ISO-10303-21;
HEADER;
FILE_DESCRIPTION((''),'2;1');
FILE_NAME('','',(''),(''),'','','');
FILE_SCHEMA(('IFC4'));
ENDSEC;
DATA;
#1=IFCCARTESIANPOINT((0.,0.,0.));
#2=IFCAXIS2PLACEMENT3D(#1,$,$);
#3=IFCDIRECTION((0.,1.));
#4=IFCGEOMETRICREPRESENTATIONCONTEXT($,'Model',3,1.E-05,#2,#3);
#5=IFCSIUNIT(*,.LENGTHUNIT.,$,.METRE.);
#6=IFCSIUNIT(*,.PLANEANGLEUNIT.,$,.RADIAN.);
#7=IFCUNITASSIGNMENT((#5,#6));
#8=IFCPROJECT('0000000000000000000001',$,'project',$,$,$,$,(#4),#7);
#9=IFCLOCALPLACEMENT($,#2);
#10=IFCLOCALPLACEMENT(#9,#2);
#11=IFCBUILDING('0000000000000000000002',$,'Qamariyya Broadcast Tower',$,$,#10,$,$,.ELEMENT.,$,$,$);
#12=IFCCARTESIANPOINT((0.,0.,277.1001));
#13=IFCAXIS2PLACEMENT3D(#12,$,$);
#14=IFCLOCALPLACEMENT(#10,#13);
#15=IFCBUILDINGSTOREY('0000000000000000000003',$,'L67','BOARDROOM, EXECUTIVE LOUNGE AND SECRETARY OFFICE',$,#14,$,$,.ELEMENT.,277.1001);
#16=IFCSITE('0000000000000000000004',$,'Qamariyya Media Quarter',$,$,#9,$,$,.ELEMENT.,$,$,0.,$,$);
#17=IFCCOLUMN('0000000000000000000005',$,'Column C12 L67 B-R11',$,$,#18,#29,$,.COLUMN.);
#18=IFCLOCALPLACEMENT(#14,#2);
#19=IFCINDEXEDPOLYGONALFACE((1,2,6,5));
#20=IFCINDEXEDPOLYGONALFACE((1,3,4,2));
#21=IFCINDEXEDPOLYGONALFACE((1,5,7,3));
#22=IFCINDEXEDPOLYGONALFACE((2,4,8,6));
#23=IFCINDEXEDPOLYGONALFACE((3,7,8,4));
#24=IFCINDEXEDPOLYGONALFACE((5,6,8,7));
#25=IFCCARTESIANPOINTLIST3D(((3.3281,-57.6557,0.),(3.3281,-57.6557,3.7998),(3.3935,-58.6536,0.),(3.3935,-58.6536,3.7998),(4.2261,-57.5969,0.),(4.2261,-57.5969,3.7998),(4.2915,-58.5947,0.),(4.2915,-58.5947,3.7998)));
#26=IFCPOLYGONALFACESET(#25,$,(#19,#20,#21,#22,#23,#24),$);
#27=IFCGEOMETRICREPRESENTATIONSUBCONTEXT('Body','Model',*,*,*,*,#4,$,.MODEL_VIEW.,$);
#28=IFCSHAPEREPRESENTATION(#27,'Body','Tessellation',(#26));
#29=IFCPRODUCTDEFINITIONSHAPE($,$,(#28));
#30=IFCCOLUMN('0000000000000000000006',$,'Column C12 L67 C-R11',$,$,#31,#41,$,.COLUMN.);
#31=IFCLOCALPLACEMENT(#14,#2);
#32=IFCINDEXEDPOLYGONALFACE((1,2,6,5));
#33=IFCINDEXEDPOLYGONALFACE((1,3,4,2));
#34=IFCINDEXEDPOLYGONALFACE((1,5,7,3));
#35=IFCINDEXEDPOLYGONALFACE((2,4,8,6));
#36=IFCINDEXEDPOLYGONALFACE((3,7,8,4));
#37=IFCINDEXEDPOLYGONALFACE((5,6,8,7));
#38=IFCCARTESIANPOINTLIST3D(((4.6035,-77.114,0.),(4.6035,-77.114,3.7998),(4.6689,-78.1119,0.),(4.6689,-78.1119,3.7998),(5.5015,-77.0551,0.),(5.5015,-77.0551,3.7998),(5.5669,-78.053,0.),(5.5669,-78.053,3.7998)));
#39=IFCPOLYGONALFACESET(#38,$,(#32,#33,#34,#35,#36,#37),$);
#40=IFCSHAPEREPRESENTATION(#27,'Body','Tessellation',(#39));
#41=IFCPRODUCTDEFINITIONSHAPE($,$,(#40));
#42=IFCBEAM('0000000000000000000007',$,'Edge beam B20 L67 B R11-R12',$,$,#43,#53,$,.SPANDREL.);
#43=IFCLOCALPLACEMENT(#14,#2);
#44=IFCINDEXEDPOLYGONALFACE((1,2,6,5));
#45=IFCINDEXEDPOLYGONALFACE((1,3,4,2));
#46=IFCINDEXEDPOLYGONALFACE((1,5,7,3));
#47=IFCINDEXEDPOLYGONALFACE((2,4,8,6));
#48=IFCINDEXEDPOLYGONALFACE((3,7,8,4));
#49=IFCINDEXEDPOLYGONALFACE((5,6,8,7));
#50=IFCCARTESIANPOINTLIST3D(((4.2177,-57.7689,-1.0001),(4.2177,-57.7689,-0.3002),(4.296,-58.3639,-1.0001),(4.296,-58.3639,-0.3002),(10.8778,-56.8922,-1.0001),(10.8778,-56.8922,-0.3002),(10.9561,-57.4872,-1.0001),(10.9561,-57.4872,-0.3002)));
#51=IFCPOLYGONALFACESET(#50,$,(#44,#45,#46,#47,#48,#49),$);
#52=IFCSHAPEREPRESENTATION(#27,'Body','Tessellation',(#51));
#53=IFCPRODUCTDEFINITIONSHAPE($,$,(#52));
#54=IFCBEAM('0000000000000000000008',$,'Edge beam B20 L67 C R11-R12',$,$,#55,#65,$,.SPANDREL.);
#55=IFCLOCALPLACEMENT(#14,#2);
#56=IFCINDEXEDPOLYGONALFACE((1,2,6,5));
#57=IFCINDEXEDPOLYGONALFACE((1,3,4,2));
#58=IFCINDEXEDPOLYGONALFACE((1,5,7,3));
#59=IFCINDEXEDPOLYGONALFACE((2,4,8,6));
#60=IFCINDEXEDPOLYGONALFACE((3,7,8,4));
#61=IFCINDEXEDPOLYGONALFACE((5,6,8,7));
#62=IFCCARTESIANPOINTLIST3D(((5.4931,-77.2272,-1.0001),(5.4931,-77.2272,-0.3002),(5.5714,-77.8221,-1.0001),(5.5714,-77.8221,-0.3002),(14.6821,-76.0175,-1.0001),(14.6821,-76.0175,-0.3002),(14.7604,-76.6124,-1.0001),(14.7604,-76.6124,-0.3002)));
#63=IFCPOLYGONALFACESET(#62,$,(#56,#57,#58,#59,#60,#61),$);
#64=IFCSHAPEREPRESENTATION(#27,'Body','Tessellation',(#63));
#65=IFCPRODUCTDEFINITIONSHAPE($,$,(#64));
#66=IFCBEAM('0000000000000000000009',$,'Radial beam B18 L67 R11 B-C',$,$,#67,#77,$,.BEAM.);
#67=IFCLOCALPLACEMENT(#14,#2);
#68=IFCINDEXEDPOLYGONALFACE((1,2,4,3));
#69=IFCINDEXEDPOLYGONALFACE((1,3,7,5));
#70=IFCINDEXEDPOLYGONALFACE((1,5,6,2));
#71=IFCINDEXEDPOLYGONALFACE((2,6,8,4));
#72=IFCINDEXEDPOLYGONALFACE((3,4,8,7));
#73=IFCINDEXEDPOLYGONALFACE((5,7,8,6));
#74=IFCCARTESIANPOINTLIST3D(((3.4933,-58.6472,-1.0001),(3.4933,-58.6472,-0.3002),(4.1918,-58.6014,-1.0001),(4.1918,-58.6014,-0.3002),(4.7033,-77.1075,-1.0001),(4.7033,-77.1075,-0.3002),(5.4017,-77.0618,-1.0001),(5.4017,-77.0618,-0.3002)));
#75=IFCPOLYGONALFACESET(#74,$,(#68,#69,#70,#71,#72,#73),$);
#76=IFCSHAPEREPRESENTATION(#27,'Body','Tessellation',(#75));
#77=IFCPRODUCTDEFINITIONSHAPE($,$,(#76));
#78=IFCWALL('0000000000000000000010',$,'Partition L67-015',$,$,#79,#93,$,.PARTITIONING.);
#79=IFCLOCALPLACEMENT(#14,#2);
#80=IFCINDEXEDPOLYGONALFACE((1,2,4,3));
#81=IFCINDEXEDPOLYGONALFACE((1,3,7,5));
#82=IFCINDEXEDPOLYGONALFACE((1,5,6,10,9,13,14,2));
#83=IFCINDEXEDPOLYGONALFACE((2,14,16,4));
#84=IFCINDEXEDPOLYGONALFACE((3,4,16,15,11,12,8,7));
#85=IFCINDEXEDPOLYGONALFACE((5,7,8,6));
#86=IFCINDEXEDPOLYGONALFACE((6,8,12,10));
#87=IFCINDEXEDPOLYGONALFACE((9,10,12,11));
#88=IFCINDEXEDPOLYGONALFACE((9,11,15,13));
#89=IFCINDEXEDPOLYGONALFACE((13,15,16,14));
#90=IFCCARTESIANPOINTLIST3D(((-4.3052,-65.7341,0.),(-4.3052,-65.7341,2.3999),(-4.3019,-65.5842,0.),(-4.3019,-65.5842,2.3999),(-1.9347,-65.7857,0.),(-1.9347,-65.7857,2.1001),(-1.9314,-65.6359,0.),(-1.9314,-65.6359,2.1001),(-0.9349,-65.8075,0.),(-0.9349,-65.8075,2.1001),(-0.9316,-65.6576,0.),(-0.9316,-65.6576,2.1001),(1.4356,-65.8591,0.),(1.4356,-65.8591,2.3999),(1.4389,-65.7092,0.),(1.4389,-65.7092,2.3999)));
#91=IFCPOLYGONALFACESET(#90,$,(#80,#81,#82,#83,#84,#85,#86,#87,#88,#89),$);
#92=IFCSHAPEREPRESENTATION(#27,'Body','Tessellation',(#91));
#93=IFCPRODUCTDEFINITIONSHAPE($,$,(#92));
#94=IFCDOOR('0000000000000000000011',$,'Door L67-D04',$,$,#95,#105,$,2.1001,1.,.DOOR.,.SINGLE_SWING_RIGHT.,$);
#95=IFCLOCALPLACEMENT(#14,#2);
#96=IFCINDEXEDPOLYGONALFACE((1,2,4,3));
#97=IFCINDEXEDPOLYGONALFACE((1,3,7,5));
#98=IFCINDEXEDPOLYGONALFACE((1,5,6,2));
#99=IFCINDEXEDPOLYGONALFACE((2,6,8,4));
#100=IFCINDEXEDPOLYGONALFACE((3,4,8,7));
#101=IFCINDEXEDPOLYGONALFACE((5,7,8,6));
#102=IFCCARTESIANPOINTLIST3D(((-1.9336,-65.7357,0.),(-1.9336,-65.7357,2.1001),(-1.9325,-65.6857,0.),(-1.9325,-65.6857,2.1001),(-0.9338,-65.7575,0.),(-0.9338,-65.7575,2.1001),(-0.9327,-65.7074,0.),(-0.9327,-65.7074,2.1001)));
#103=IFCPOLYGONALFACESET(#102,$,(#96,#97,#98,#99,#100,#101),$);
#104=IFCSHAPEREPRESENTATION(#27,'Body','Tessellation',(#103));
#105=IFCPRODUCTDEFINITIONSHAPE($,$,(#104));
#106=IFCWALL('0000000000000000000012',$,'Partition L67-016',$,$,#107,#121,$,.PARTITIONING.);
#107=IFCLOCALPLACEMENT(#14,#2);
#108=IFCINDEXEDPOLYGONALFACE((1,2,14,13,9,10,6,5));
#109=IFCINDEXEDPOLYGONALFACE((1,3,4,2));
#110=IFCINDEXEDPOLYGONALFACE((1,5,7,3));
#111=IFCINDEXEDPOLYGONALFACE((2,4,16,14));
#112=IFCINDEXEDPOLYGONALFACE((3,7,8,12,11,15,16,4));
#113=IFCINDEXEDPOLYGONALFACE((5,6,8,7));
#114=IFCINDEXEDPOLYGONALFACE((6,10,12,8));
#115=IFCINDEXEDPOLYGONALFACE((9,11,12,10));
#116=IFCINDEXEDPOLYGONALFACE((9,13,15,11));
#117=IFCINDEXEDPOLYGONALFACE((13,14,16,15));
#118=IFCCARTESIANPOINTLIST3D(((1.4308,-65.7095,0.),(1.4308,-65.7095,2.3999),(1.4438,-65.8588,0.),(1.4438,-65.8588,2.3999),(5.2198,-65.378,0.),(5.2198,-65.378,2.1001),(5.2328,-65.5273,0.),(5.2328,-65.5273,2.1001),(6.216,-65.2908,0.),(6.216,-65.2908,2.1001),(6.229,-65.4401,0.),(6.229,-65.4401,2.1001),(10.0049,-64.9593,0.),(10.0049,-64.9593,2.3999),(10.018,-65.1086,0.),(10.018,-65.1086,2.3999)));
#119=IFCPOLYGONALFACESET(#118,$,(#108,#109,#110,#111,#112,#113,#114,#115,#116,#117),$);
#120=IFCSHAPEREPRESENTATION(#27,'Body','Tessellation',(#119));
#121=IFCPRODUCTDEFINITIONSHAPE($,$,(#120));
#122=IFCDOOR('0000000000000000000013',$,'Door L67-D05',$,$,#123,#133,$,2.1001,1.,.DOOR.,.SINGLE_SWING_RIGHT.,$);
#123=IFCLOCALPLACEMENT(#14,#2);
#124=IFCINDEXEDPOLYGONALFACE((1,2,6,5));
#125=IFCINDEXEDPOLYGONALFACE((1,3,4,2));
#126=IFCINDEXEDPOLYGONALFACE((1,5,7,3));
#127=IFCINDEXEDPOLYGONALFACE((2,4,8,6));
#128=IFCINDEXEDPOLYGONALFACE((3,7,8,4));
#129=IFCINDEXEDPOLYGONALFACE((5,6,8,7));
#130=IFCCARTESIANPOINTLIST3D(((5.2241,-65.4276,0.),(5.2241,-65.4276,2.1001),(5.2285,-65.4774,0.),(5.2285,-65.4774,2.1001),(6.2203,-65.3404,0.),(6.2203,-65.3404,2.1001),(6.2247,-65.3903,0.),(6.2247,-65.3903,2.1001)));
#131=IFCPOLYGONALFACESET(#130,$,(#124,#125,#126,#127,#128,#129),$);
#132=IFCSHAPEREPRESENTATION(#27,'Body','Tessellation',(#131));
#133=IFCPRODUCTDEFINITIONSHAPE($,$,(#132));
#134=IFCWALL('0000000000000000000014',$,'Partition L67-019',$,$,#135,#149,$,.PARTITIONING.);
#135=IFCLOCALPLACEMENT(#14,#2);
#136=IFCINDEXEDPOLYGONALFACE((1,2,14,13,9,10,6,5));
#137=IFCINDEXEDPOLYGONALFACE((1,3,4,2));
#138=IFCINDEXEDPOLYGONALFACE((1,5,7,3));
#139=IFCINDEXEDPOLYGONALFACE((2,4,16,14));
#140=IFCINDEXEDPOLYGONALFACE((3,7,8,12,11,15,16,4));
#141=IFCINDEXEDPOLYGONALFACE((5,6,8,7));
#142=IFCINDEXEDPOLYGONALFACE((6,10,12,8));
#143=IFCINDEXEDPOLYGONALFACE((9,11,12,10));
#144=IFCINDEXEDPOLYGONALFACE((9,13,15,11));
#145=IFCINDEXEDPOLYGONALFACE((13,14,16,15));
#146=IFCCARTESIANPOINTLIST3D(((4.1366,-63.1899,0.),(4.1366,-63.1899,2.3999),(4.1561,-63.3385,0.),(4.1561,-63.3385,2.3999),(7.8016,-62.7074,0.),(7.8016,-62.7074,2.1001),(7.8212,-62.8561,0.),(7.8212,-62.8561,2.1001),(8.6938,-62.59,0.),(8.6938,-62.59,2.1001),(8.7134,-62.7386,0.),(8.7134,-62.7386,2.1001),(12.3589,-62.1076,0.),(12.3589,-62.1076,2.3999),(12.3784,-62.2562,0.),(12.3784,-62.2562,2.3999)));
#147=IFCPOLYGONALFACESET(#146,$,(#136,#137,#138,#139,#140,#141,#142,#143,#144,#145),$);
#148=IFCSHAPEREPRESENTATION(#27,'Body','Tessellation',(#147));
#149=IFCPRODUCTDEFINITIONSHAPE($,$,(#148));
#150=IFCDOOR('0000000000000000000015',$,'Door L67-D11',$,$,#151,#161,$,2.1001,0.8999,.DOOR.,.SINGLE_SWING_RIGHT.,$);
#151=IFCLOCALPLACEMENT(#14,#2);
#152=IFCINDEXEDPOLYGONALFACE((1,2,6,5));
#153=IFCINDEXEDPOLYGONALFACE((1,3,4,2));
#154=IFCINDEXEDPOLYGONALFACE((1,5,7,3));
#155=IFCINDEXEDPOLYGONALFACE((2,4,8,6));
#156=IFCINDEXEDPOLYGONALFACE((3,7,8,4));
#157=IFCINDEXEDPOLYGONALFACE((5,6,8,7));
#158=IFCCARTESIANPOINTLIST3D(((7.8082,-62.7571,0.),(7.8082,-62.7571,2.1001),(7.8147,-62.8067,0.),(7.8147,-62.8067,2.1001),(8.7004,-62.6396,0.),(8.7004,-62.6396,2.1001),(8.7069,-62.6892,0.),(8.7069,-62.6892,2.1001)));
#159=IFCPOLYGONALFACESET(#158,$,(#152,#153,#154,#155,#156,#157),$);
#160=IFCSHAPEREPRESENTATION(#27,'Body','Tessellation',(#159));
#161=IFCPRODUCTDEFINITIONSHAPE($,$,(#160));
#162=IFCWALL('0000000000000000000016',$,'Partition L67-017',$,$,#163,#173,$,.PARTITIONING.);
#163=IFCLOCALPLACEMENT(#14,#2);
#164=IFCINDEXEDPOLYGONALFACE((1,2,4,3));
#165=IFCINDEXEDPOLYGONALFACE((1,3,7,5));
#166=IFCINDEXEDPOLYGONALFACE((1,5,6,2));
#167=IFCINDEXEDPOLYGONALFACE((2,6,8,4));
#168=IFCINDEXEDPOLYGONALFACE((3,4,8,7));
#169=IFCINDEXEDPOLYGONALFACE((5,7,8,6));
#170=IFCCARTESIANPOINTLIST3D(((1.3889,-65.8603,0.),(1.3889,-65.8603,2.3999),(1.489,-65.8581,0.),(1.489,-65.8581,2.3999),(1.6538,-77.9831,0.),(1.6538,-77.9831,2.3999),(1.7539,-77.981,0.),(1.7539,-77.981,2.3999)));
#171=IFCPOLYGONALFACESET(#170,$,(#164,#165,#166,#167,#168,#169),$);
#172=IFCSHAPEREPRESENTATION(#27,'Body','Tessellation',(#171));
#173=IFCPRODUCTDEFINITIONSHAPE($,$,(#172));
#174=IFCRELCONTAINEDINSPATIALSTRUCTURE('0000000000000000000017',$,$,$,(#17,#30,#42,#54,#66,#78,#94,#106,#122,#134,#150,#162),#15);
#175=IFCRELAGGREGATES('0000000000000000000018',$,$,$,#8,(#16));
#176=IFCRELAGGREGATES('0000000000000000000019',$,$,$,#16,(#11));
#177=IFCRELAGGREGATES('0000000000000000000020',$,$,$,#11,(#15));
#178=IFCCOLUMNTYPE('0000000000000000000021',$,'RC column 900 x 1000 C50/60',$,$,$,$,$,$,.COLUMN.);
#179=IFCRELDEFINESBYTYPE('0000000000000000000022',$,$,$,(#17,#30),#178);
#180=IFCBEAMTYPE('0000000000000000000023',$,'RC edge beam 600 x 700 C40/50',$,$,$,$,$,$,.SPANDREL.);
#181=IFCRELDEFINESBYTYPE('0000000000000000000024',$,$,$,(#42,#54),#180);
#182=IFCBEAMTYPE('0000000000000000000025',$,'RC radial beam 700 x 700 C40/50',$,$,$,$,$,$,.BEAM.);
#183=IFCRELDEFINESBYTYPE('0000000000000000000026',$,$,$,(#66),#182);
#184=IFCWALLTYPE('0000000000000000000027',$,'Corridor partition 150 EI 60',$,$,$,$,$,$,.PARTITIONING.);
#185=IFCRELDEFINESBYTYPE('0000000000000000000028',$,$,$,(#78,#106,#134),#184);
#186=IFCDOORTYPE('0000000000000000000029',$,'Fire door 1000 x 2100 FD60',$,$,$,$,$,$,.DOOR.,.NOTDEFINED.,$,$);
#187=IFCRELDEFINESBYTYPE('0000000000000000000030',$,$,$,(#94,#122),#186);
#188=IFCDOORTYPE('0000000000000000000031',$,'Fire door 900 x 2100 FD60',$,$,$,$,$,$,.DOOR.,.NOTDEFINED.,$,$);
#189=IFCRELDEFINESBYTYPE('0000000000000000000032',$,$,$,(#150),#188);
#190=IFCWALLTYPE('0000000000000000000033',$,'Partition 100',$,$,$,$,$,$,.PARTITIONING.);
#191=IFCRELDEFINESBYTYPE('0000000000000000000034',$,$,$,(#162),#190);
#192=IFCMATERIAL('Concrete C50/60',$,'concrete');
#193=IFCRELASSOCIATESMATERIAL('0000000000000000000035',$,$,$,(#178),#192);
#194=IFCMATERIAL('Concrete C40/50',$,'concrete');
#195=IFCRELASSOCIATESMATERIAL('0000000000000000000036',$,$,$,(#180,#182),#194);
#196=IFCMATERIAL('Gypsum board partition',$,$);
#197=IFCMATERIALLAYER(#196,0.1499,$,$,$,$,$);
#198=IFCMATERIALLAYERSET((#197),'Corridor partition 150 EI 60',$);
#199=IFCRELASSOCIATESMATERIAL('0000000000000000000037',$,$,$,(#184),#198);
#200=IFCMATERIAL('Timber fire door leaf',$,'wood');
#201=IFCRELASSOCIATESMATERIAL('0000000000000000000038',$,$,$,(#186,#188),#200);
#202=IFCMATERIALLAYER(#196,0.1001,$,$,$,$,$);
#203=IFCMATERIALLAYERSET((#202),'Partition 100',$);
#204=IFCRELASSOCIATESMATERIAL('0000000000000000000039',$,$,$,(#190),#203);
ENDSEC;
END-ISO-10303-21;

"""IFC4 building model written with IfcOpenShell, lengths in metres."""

from ifc_helpers import new_model, si_unit, direction, frame, frame_2d, origin, origin_2d, place, context, subcontext, project, spatial, rectangle, extrude, material, layer, layer_set, material_profile, profile_set, type_object, element, fill, save


model = new_model("IFC4")

# Units and contexts
model_context = context("Model", 3, precision=1e-05, world=origin(), true_north=direction((0.0, 1.0)))
body_context = subcontext(model_context, "Body", "Model", "MODEL_VIEW")
ifc_project = project(units=[si_unit("LENGTHUNIT", "METRE"), si_unit("PLANEANGLEUNIT", "RADIAN")], contexts=[model_context])

# Site, building, storey
site_placement = place(None, origin())
site = spatial("IfcSite", under=ifc_project, at=site_placement, Name="Qamariyya Media Quarter", CompositionType="ELEMENT", RefElevation=0.0)
building_placement = place(site_placement, origin())
building = spatial("IfcBuilding", under=site, at=building_placement, Name="Qamariyya Broadcast Tower", CompositionType="ELEMENT")
storey_placement = place(building_placement, frame((0.0, 0.0, 277.1001)))
storey = spatial("IfcBuildingStorey", under=building, at=storey_placement, Name="L67", Description="BOARDROOM, EXECUTIVE LOUNGE AND SECRETARY OFFICE", CompositionType="ELEMENT", Elevation=277.1001)

# Columns
ifc_material_1 = material(Name="Concrete C50/60", Category="concrete")
ifc_material_profile_1 = material_profile(ifc_material_1, rectangle(XDim=0.8999, YDim=1.0, at=origin_2d()))
ifc_profile_set_1 = profile_set([ifc_material_profile_1], Name="Concrete C50/60")
column_type = type_object("IfcColumnType", Name="RC column 900 x 1000 C50/60", PredefinedType="COLUMN", material=ifc_profile_set_1)
for number, where, z_axis, x_axis, name in (
    (1, (3.8098, -58.1252, 0.0), (0.0, 0.0, 1.0), (0.997859, 0.065403, 0.0), "Column C12 L67 B-R11"),
    (2, (5.0852, -77.5835, 0.0), (0.0, 0.0, 1.0), (0.997859, 0.065403, 0.0), "Column C12 L67 C-R11"),
):
    element("IfcColumn", number, at=place(storey_placement, frame(where, z_axis=z_axis, x_axis=x_axis)), inside=storey, type_object=column_type, Name=name, PredefinedType="COLUMN", context=body_context, shape_type="SweptSolid", body=[
        extrude(rectangle(XDim=0.8999, YDim=1.0, at=origin_2d()), origin(), (0.0, 0.0, 1.0), 3.7998),
    ])

# Beams
ifc_material_2 = material(Name="Concrete C40/50", Category="concrete")
ifc_material_profile_2 = material_profile(ifc_material_2, rectangle(XDim=0.6001, YDim=0.7, at=origin_2d()))
ifc_profile_set_2 = profile_set([ifc_material_profile_2], Name="Concrete C40/50")
beam_type_1 = type_object("IfcBeamType", Name="RC edge beam 600 x 700 C40/50", PredefinedType="SPANDREL", material=ifc_profile_set_2)
beam_1_placement = place(storey_placement, frame((4.2568, -58.0664, -0.6501), z_axis=(0.991447, 0.130509, 0.0), x_axis=(-0.130509, 0.991447, 0.0)))
element("IfcBeam", 3, at=beam_1_placement, inside=storey, type_object=beam_type_1, Name="Edge beam B20 L67 B R11-R12", PredefinedType="SPANDREL", context=body_context, shape_type="SweptSolid", body=[
    extrude(rectangle(XDim=0.6001, YDim=0.7, at=origin_2d()), origin(), (0.0, 0.0, 1.0), 6.7175),
])
beam_2_placement = place(storey_placement, frame((5.5322, -77.5247, -0.6501), z_axis=(0.991445, 0.130523, 0.0), x_axis=(-0.130523, 0.991445, 0.0)))
element("IfcBeam", 4, at=beam_2_placement, inside=storey, type_object=beam_type_1, Name="Edge beam B20 L67 C R11-R12", PredefinedType="SPANDREL", context=body_context, shape_type="SweptSolid", body=[
    extrude(rectangle(XDim=0.6001, YDim=0.7, at=origin_2d()), origin(), (0.0, 0.0, 1.0), 9.2683),
])
ifc_material_profile_3 = material_profile(ifc_material_2, rectangle(XDim=0.7, YDim=0.7, at=origin_2d()))
ifc_profile_set_3 = profile_set([ifc_material_profile_3], Name="Concrete C40/50")
beam_type_2 = type_object("IfcBeamType", Name="RC radial beam 700 x 700 C40/50", PredefinedType="BEAM", material=ifc_profile_set_3)
beam_3_placement = place(storey_placement, frame((3.8425, -58.6243, -0.6501), z_axis=(0.065403, -0.997859, 0.0), x_axis=(0.997859, 0.065403, 0.0)))
element("IfcBeam", 5, at=beam_3_placement, inside=storey, type_object=beam_type_2, Name="Radial beam B18 L67 R11 B-C", PredefinedType="BEAM", context=body_context, shape_type="SweptSolid", body=[
    extrude(rectangle(XDim=0.7, YDim=0.7, at=origin_2d()), origin(), (0.0, 0.0, 1.0), 18.5),
])

# Walls, openings, doors
ifc_material_3 = material(Name="Gypsum board partition")
ifc_layer_1 = layer(ifc_material_3, 0.1499)
ifc_layer_set_1 = layer_set([ifc_layer_1], Name="Corridor partition 150 EI 60")
wall_type_1 = type_object("IfcWallType", Name="Corridor partition 150 EI 60", PredefinedType="PARTITIONING", material=ifc_layer_set_1)
wall_1_placement = place(storey_placement, frame((1.4373, -65.7842, 0.0), z_axis=(0.0, 0.0, 1.0), x_axis=(-0.999763, 0.021769, 0.0)))
wall_1 = element("IfcWall", 6, at=wall_1_placement, inside=storey, type_object=wall_type_1, Name="Partition L67-015", PredefinedType="PARTITIONING", context=body_context, shape_type="SweptSolid", body=[
    extrude(rectangle(XDim=5.7422, YDim=0.1499, at=frame_2d((2.8711, 0.0))), origin(), (0.0, 0.0, 1.0), 2.3999),
])
opening_1_placement = place(wall_1_placement, frame((2.3711, 0.0, 0.0)))
opening_1 = element("IfcOpeningElement", 7, at=opening_1_placement, cuts=wall_1, PredefinedType="OPENING", context=body_context, shape_type="SweptSolid", body=[
    extrude(rectangle(XDim=1.0, YDim=2.1001, at=frame_2d((0.5, 1.05))), frame((0.0, 0.085, 0.0), z_axis=(0.0, -1.0, 0.0), x_axis=(1.0, 0.0, 0.0)), (0.0, 0.0, 1.0), 0.1699),
])
ifc_material_4 = material(Name="Timber fire door leaf", Category="wood")
door_type_1 = type_object("IfcDoorType", Name="Fire door 1000 x 2100 FD60", OperationType="NOTDEFINED", PredefinedType="DOOR", material=ifc_material_4)
door_1_placement = place(opening_1_placement, origin())
door_1 = element("IfcDoor", 8, at=door_1_placement, inside=storey, type_object=door_type_1, Name="Door L67-D04", OperationType="SINGLE_SWING_RIGHT", OverallHeight=2.1001, OverallWidth=1.0, PredefinedType="DOOR", context=body_context, shape_type="SweptSolid", body=[
    extrude(rectangle(XDim=1.0, YDim=2.1001, at=frame_2d((0.5, 1.05))), frame((0.0, 0.0249, 0.0), z_axis=(0.0, -1.0, 0.0), x_axis=(1.0, 0.0, 0.0)), (0.0, 0.0, 1.0), 0.05),
])
fill(opening_1, door_1)
wall_2_placement = place(storey_placement, frame((10.0115, -65.0339, 0.0), z_axis=(0.0, 0.0, 1.0), x_axis=(-0.996194, -0.087167, 0.0)))
wall_2 = element("IfcWall", 9, at=wall_2_placement, inside=storey, type_object=wall_type_1, Name="Partition L67-016", PredefinedType="PARTITIONING", context=body_context, shape_type="SweptSolid", body=[
    extrude(rectangle(XDim=8.6069, YDim=0.1499, at=frame_2d((4.3035, 0.0))), origin(), (0.0, 0.0, 1.0), 2.3999),
])
opening_2_placement = place(wall_2_placement, frame((3.8035, 0.0, 0.0)))
opening_2 = element("IfcOpeningElement", 10, at=opening_2_placement, cuts=wall_2, PredefinedType="OPENING", context=body_context, shape_type="SweptSolid", body=[
    extrude(rectangle(XDim=1.0, YDim=2.1001, at=frame_2d((0.5, 1.05))), frame((0.0, 0.085, 0.0), z_axis=(0.0, -1.0, 0.0), x_axis=(1.0, 0.0, 0.0)), (0.0, 0.0, 1.0), 0.1699),
])
door_2_placement = place(opening_2_placement, origin())
door_2 = element("IfcDoor", 11, at=door_2_placement, inside=storey, type_object=door_type_1, Name="Door L67-D05", OperationType="SINGLE_SWING_RIGHT", OverallHeight=2.1001, OverallWidth=1.0, PredefinedType="DOOR", context=body_context, shape_type="SweptSolid", body=[
    extrude(rectangle(XDim=1.0, YDim=2.1001, at=frame_2d((0.5, 1.05))), frame((0.0, 0.0249, 0.0), z_axis=(0.0, -1.0, 0.0), x_axis=(1.0, 0.0, 0.0)), (0.0, 0.0, 1.0), 0.05),
])
fill(opening_2, door_2)
wall_3_placement = place(storey_placement, frame((4.1465, -63.2642, 0.0), z_axis=(0.0, 0.0, 1.0), x_axis=(0.991448, 0.130503, 0.0)))
wall_3 = element("IfcWall", 12, at=wall_3_placement, inside=storey, type_object=wall_type_1, Name="Partition L67-019", PredefinedType="PARTITIONING", context=body_context, shape_type="SweptSolid", body=[
    extrude(rectangle(XDim=8.2932, YDim=0.1499, at=frame_2d((4.1465, 0.0))), origin(), (0.0, 0.0, 1.0), 2.3999),
])
opening_3_placement = place(wall_3_placement, frame((3.6965, 0.0, 0.0)))
opening_3 = element("IfcOpeningElement", 13, at=opening_3_placement, cuts=wall_3, PredefinedType="OPENING", context=body_context, shape_type="SweptSolid", body=[
    extrude(rectangle(XDim=0.8999, YDim=2.1001, at=frame_2d((0.45, 1.05))), frame((0.0, 0.085, 0.0), z_axis=(0.0, -1.0, 0.0), x_axis=(1.0, 0.0, 0.0)), (0.0, 0.0, 1.0), 0.1699),
])
door_type_2 = type_object("IfcDoorType", Name="Fire door 900 x 2100 FD60", OperationType="NOTDEFINED", PredefinedType="DOOR", material=ifc_material_4)
door_3_placement = place(opening_3_placement, origin())
door_3 = element("IfcDoor", 14, at=door_3_placement, inside=storey, type_object=door_type_2, Name="Door L67-D11", OperationType="SINGLE_SWING_RIGHT", OverallHeight=2.1001, OverallWidth=0.8999, PredefinedType="DOOR", context=body_context, shape_type="SweptSolid", body=[
    extrude(rectangle(XDim=0.8999, YDim=2.1001, at=frame_2d((0.45, 1.05))), frame((0.0, 0.0249, 0.0), z_axis=(0.0, -1.0, 0.0), x_axis=(1.0, 0.0, 0.0)), (0.0, 0.0, 1.0), 0.05),
])
fill(opening_3, door_3)

# Wall
ifc_layer_2 = layer(ifc_material_3, 0.1001)
ifc_layer_set_2 = layer_set([ifc_layer_2], Name="Partition 100")
wall_type_2 = type_object("IfcWallType", Name="Partition 100", PredefinedType="PARTITIONING", material=ifc_layer_set_2)
wall_4_placement = place(storey_placement, frame((1.7039, -77.9822, 0.0), z_axis=(0.0, 0.0, 1.0), x_axis=(-0.021846, 0.999761, 0.0)))
element("IfcWall", 15, at=wall_4_placement, inside=storey, type_object=wall_type_2, Name="Partition L67-017", PredefinedType="PARTITIONING", context=body_context, shape_type="SweptSolid", body=[
    extrude(rectangle(XDim=12.1257, YDim=0.1001, at=frame_2d((6.063, 0.0))), origin(), (0.0, 0.0, 1.0), 2.3999),
])

save(model, "model.ifc")
